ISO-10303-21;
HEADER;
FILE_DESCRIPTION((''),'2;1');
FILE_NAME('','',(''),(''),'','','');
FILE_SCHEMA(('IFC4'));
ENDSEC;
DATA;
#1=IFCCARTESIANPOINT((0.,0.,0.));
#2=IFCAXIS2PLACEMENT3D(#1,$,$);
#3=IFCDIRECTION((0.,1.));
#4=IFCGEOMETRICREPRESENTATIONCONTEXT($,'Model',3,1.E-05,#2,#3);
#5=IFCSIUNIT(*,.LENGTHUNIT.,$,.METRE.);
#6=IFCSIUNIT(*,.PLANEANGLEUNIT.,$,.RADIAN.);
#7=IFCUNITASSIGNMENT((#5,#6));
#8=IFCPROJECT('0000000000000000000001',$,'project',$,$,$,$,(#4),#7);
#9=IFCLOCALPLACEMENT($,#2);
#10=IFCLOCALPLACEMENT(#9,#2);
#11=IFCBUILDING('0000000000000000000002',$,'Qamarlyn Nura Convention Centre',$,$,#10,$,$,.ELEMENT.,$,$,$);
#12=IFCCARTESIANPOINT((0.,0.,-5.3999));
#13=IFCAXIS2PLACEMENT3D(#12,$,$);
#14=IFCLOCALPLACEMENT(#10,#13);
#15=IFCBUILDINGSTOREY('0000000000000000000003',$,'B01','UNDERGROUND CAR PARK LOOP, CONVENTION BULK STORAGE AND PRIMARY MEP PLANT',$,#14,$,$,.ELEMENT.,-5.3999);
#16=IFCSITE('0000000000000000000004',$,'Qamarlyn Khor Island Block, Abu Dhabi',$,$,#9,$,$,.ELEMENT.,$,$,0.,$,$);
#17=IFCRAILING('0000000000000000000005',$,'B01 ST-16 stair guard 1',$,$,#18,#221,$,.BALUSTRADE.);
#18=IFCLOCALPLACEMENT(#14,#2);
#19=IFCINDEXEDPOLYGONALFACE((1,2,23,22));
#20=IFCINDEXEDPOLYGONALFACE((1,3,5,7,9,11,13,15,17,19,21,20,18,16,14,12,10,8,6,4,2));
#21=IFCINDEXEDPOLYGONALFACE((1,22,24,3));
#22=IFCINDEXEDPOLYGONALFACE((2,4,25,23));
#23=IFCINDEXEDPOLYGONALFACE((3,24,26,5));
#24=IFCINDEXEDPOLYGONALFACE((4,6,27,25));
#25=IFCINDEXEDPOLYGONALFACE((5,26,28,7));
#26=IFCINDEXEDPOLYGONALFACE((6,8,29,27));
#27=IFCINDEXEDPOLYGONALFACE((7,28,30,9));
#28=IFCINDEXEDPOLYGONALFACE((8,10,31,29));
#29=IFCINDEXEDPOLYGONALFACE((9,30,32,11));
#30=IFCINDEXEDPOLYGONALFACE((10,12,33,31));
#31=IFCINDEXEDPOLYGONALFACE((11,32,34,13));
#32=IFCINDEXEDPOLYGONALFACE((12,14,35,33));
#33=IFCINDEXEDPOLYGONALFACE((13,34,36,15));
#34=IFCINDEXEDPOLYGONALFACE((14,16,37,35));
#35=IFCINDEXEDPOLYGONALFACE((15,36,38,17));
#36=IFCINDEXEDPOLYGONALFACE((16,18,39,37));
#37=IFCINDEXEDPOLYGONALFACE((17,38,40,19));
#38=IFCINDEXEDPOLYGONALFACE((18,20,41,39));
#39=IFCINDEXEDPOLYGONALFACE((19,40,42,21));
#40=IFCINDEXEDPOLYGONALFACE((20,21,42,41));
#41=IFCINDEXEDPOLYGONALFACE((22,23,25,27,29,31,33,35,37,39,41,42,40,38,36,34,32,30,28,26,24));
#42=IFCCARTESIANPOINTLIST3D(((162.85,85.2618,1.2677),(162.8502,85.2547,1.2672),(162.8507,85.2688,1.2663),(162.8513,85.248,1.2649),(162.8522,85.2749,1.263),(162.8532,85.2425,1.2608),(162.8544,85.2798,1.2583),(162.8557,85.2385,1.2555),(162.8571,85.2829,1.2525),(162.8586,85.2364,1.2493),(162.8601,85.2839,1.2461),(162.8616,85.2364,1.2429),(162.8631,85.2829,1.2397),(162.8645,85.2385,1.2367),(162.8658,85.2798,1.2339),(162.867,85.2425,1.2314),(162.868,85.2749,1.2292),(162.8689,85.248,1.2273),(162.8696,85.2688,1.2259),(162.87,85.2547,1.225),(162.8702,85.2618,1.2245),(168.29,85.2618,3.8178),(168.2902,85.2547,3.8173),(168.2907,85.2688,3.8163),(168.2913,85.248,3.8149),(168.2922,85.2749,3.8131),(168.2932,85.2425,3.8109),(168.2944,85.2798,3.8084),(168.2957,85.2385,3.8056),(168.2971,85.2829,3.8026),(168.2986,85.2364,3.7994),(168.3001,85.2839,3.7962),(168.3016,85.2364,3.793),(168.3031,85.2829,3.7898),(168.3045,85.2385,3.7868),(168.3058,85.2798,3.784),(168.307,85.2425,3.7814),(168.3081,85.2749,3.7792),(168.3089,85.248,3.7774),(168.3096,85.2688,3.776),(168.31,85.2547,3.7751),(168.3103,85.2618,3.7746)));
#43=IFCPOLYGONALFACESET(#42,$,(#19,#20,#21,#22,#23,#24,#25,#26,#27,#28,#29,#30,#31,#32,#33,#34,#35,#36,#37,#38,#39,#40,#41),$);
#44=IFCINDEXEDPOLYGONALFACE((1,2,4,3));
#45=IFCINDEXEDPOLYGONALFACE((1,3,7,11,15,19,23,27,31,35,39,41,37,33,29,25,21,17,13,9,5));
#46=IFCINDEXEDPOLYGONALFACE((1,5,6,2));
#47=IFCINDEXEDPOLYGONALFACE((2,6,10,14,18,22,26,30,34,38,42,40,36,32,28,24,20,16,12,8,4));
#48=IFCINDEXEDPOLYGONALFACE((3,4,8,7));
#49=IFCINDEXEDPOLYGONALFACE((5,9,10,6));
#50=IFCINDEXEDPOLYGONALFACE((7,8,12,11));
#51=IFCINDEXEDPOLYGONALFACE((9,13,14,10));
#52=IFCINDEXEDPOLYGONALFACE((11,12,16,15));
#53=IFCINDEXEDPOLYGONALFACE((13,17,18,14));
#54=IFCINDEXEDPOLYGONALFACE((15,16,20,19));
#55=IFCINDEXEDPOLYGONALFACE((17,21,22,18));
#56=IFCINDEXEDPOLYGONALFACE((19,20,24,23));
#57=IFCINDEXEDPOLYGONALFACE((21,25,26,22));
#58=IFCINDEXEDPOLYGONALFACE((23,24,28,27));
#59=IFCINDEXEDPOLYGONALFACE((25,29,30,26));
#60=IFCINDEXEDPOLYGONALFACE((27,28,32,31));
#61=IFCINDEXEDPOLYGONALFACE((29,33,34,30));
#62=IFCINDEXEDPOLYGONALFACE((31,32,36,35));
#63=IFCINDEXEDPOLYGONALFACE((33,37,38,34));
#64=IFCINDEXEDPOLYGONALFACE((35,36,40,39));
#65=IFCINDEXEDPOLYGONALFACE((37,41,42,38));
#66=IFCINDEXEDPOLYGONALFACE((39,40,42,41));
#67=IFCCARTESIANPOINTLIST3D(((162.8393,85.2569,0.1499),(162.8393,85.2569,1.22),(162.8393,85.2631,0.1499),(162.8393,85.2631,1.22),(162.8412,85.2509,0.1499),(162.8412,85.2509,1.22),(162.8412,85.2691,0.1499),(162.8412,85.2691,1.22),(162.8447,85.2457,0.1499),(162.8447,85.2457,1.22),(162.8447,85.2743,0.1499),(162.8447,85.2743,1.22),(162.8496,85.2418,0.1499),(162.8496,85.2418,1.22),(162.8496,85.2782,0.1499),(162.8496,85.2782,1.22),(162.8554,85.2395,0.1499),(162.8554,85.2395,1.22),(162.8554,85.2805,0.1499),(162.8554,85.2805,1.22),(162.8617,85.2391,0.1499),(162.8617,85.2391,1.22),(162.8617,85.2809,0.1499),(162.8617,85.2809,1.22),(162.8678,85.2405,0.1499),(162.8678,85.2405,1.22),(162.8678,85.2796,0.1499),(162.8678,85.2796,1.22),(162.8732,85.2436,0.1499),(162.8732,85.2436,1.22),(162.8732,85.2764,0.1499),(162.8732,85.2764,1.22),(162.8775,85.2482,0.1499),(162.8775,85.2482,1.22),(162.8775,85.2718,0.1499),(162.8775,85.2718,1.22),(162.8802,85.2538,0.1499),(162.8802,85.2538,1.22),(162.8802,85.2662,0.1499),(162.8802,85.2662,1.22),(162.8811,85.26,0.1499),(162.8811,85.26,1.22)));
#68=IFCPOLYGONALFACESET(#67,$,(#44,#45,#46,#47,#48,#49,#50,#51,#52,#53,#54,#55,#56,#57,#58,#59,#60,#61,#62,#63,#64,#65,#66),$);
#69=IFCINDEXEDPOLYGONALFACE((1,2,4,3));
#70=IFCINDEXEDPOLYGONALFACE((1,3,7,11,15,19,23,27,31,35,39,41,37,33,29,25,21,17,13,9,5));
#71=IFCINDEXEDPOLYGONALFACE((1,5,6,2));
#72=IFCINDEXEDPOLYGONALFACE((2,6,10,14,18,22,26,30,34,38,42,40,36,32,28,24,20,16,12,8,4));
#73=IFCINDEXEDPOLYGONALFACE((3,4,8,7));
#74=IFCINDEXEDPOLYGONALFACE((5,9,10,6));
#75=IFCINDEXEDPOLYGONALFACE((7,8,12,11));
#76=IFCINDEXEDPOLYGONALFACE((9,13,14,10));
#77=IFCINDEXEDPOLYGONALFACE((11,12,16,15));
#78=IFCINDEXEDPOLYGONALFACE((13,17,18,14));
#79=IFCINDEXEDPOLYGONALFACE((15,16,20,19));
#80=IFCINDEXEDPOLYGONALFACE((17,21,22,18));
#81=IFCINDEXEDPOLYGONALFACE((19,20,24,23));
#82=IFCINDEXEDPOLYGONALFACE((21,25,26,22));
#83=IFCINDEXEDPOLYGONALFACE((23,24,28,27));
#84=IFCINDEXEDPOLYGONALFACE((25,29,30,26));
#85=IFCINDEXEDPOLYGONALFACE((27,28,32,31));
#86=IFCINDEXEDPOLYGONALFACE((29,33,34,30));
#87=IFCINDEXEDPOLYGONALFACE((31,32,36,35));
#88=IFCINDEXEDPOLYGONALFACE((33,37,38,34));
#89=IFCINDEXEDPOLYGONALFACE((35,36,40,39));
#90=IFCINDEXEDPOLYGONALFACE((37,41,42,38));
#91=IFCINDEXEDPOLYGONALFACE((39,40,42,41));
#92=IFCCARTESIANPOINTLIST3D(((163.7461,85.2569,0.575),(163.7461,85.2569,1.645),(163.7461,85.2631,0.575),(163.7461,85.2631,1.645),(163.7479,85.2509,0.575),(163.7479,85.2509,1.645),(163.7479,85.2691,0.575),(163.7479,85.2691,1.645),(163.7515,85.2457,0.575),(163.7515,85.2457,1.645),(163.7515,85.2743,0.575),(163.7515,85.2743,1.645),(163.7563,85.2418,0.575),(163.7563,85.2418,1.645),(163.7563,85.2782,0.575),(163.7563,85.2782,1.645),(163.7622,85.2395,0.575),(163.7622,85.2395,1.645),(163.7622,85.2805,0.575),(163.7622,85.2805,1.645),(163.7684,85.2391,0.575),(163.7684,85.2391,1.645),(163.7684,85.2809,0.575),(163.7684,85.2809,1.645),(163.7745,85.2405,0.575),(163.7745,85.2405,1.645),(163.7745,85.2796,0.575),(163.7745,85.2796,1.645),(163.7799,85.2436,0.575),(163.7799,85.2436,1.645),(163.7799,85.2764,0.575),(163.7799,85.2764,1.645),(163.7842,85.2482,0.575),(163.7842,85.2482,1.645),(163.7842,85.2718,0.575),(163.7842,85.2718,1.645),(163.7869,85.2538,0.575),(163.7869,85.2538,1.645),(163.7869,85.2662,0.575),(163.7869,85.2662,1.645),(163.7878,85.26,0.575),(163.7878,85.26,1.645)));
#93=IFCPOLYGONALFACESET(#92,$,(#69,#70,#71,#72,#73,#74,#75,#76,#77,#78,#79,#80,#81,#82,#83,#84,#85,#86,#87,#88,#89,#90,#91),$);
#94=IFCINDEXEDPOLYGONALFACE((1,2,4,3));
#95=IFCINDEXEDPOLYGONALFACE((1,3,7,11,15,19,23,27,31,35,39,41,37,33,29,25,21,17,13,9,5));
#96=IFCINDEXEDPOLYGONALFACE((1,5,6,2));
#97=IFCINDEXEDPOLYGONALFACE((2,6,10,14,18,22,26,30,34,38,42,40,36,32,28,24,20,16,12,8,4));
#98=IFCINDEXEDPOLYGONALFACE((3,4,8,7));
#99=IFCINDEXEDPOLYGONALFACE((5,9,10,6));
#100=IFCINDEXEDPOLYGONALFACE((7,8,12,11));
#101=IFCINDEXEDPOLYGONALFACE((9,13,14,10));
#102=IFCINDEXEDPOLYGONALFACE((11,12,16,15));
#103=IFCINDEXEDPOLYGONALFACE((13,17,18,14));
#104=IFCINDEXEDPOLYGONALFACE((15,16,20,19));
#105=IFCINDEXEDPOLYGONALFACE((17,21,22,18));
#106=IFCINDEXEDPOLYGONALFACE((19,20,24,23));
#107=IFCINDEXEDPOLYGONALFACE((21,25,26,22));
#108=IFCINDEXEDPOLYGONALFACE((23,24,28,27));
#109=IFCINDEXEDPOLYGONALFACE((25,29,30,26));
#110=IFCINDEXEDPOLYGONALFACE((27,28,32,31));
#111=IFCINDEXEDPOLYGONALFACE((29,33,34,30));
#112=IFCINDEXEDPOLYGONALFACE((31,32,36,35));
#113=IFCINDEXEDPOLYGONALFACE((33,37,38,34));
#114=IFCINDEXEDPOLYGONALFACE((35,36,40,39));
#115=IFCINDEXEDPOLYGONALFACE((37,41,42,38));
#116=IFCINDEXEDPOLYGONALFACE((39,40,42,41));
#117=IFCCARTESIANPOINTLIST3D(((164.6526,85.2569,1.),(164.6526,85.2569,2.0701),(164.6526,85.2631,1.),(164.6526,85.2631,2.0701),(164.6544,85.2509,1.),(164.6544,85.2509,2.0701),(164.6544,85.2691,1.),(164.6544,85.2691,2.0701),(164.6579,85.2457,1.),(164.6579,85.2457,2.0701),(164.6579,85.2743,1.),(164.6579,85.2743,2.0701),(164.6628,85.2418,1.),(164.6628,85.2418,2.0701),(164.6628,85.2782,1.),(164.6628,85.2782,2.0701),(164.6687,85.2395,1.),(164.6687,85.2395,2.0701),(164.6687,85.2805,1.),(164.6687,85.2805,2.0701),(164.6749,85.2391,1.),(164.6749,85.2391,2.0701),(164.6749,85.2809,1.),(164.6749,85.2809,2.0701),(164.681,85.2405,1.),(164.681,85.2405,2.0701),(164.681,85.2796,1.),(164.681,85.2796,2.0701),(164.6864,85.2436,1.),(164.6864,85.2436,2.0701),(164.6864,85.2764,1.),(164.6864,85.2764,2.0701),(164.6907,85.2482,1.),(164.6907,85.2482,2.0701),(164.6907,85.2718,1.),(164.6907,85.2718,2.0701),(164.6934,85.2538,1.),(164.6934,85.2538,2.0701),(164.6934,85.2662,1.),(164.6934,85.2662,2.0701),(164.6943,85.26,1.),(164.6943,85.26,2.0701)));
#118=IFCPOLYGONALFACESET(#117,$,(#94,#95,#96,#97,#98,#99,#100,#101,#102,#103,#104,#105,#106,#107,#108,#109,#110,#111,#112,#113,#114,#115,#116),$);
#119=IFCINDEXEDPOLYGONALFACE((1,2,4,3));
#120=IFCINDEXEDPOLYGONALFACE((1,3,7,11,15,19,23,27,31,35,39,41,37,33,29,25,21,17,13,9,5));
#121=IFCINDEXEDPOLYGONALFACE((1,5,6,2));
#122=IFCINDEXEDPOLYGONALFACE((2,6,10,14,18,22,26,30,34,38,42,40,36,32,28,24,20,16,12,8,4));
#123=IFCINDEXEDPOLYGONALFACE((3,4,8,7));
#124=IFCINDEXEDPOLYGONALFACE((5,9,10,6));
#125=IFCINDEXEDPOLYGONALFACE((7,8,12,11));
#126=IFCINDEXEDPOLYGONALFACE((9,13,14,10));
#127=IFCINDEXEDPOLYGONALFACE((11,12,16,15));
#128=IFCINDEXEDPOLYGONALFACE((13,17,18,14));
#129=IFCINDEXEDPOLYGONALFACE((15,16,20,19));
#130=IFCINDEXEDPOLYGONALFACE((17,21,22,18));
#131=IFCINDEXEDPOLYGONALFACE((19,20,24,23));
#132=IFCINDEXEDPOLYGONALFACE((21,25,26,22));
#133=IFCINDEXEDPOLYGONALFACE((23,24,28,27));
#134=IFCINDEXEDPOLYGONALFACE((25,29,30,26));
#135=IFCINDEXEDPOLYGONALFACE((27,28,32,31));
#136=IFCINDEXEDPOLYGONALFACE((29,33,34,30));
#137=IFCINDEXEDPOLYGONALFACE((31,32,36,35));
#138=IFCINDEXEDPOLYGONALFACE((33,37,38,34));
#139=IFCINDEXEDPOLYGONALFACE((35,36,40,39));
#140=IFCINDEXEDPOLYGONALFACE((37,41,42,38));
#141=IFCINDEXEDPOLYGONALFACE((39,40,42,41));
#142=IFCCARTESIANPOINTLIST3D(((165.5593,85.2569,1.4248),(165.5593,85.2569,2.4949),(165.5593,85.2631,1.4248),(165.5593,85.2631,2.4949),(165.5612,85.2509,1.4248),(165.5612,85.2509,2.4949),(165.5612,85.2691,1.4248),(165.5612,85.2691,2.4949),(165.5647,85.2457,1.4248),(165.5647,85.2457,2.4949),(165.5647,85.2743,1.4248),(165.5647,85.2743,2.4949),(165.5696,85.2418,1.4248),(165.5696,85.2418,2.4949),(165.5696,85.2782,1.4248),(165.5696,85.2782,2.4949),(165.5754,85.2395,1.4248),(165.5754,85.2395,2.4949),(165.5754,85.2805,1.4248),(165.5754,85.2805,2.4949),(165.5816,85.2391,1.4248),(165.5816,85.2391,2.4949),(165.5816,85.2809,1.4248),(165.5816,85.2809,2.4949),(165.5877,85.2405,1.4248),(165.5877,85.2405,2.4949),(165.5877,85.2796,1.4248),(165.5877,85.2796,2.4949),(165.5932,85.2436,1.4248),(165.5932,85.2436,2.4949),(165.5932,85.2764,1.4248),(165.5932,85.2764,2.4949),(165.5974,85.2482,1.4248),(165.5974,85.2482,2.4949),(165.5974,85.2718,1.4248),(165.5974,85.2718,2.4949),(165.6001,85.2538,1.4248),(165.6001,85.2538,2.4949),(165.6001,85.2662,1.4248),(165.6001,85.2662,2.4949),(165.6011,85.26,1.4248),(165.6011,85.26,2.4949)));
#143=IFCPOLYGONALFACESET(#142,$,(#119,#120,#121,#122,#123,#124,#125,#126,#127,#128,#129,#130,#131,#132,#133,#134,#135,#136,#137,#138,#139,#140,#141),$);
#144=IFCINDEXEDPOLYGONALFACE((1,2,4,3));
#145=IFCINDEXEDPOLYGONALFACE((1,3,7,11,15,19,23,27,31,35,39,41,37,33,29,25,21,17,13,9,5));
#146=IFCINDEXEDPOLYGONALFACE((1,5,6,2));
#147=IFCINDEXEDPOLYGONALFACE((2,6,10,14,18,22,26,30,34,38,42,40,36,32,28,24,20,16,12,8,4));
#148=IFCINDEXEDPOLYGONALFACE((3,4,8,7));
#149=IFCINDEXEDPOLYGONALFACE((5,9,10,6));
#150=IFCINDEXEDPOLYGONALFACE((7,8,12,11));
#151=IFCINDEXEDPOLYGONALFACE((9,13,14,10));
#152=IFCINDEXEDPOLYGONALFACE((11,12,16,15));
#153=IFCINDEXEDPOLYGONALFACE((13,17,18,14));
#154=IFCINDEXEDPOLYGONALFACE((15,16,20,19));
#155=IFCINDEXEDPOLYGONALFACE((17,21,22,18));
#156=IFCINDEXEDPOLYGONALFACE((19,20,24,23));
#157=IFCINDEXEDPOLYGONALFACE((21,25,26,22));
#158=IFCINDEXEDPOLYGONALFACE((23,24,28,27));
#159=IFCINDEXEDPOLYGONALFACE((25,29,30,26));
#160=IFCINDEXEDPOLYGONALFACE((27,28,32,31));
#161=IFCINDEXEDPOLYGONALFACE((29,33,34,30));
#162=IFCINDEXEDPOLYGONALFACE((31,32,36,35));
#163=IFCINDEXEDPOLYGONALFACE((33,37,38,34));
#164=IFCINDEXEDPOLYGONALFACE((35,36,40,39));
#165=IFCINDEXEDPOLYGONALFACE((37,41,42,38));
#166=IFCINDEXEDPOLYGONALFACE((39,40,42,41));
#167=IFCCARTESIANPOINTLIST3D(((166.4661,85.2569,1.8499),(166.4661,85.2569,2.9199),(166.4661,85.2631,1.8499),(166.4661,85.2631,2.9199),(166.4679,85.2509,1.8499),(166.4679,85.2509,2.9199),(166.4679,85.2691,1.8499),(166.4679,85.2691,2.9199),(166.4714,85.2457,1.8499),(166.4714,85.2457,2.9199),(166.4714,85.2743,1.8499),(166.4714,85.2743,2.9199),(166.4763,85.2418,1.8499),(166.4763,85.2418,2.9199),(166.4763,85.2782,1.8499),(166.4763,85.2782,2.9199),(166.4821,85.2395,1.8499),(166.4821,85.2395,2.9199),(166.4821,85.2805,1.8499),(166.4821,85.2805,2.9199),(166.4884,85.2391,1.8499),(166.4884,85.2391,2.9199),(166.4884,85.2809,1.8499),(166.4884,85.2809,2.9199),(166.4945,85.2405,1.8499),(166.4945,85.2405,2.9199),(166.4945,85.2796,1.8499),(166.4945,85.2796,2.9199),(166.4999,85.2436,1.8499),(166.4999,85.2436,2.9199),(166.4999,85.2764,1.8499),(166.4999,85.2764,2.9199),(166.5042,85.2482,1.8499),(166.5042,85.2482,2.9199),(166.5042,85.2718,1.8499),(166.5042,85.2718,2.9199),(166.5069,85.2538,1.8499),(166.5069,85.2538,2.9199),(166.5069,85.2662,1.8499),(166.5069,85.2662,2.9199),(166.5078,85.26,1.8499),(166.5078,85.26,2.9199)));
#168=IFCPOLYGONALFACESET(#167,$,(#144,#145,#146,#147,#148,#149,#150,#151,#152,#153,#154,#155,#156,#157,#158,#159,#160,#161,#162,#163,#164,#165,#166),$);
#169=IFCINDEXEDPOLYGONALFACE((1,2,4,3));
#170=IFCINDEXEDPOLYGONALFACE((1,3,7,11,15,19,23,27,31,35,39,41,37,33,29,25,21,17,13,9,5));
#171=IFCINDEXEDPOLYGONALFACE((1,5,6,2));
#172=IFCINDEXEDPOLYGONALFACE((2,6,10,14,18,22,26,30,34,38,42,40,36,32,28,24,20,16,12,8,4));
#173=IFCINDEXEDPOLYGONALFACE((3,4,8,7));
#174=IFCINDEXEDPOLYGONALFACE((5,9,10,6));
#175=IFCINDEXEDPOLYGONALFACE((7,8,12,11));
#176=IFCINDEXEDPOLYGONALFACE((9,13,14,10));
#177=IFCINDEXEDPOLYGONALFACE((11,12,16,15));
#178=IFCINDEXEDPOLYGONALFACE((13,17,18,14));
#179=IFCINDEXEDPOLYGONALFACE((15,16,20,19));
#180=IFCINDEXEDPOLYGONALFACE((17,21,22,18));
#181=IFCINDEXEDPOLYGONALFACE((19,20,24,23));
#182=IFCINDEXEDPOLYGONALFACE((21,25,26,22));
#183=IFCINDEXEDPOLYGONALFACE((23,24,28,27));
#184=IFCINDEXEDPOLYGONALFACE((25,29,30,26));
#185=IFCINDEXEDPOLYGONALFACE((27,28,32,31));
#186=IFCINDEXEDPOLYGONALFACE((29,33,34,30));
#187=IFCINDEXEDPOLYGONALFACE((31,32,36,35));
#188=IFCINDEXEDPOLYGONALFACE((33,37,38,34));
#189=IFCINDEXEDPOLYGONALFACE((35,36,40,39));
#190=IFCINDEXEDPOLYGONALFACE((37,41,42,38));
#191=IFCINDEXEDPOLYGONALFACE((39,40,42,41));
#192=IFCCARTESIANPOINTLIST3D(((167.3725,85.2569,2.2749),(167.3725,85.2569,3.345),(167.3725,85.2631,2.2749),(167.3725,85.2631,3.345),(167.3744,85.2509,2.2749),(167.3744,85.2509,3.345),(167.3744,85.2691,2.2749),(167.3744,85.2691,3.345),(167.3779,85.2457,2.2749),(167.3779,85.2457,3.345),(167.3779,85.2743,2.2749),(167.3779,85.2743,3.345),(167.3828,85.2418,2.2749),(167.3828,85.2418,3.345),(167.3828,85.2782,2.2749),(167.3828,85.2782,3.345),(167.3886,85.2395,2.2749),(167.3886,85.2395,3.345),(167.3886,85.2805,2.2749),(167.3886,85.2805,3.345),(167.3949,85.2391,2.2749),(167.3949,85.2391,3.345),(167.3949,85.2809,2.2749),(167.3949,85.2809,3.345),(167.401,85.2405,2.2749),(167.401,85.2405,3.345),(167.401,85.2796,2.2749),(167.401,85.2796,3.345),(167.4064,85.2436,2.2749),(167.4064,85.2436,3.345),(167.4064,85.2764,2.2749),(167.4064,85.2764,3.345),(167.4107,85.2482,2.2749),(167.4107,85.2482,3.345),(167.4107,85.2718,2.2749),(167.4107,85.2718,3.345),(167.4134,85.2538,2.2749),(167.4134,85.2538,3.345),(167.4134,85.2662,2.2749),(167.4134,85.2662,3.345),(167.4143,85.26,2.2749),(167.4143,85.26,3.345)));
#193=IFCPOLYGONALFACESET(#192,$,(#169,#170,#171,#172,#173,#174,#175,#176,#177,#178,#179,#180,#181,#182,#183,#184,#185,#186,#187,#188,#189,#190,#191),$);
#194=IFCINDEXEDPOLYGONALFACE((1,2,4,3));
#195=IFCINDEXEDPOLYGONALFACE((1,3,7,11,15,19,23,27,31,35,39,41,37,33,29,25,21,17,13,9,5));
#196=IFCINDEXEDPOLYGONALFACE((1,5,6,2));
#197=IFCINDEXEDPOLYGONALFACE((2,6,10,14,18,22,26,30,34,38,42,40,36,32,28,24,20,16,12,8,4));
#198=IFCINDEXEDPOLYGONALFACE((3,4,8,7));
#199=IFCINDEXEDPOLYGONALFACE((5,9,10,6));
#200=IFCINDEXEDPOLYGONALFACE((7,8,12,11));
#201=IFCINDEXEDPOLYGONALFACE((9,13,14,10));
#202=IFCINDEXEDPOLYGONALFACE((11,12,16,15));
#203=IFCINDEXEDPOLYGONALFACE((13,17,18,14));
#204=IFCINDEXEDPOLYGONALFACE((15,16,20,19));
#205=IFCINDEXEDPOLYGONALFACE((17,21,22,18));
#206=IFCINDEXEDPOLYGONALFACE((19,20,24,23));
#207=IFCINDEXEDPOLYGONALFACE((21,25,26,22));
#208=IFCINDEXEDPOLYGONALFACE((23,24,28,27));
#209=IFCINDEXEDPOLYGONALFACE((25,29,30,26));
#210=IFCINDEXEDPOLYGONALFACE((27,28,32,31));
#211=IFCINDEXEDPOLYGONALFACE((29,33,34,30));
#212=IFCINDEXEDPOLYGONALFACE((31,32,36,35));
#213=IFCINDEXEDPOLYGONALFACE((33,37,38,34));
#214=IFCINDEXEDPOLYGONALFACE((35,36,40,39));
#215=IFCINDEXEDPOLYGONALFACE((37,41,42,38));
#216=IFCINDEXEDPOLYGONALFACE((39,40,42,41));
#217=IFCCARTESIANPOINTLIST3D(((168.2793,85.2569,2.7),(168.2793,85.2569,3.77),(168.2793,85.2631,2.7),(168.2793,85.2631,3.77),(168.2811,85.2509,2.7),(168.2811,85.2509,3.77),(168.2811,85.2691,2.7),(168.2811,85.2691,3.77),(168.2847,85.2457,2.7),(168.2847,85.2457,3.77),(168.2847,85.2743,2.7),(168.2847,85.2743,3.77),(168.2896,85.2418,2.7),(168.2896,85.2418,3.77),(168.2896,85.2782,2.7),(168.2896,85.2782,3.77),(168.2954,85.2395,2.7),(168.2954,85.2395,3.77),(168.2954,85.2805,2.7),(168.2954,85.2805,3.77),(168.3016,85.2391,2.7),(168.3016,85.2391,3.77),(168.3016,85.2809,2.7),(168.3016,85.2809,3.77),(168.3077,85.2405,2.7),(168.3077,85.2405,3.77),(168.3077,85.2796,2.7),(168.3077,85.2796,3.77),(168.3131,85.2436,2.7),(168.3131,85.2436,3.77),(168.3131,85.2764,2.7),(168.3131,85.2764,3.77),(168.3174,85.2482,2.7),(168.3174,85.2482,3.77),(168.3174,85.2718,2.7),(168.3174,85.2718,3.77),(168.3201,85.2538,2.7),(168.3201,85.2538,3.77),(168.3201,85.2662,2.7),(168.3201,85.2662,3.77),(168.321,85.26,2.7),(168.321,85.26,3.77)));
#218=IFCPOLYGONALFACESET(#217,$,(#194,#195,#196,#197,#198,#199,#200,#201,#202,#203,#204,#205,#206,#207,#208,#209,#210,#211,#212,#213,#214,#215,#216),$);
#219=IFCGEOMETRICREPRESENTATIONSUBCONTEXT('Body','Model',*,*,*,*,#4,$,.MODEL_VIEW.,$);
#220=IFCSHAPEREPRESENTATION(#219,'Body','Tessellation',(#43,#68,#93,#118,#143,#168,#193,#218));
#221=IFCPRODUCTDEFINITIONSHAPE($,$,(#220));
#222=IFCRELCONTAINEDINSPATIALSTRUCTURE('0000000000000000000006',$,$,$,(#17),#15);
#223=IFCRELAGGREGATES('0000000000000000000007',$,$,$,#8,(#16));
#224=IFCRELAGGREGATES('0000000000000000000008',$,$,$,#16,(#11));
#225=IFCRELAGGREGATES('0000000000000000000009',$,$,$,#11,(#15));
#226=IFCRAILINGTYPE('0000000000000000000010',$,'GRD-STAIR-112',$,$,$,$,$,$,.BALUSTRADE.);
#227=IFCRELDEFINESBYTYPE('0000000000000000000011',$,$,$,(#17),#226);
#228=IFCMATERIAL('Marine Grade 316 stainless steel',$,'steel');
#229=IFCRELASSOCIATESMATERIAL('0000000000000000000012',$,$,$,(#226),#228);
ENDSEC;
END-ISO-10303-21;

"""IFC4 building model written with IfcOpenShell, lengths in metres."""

from ifc_helpers import new_model, si_unit, direction, frame, origin, origin_2d, place, context, subcontext, project, spatial, circle, extrude, material, type_object, element, save


model = new_model("IFC4")

# Units and contexts
model_context = context("Model", 3, precision=1e-05, world=origin(), true_north=direction((0.0, 1.0)))
body_context = subcontext(model_context, "Body", "Model", "MODEL_VIEW")
ifc_project = project(units=[si_unit("LENGTHUNIT", "METRE"), si_unit("PLANEANGLEUNIT", "RADIAN")], contexts=[model_context])

# Site, building, storey
site_placement = place(None, origin())
site = spatial("IfcSite", under=ifc_project, at=site_placement, Name="Qamarlyn Khor Island Block, Abu Dhabi", CompositionType="ELEMENT", RefElevation=0.0)
building_placement = place(site_placement, origin())
building = spatial("IfcBuilding", under=site, at=building_placement, Name="Qamarlyn Nura Convention Centre", CompositionType="ELEMENT")
storey_placement = place(building_placement, frame((0.0, 0.0, -5.3999)))
storey = spatial("IfcBuildingStorey", under=building, at=storey_placement, Name="B01", Description="UNDERGROUND CAR PARK LOOP, CONVENTION BULK STORAGE AND PRIMARY MEP PLANT", CompositionType="ELEMENT", Elevation=-5.3999)

# Railing
ifc_material_1 = material(Name="Marine Grade 316 stainless steel", Category="steel")
railing_type_1 = type_object("IfcRailingType", Name="GRD-STAIR-112", PredefinedType="BALUSTRADE", material=ifc_material_1)
railing_1_placement = place(storey_placement, frame((162.8601, 85.26, 0.1499)))
element("IfcRailing", 1, at=railing_1_placement, inside=storey, type_object=railing_type_1, Name="B01 ST-16 stair guard 1", PredefinedType="BALUSTRADE", context=body_context, shape_type="SweptSolid", body=[
    extrude(circle(Radius=0.0239, at=origin_2d()), frame((0.0, 0.0, 1.0962), z_axis=(0.905454, 0.0, 0.424444), x_axis=(0.0, 1.0, 0.0)), (0.0, 0.0, 1.0), 6.0081),
    extrude(circle(Radius=0.021, at=origin_2d()), origin(), (0.0, 0.0, 1.0), 1.0701),
    extrude(circle(Radius=0.021, at=origin_2d()), frame((0.9067, 0.0, 0.425)), (0.0, 0.0, 1.0), 1.0701),
    extrude(circle(Radius=0.021, at=origin_2d()), frame((1.8132, 0.0, 0.8501)), (0.0, 0.0, 1.0), 1.0701),
    extrude(circle(Radius=0.021, at=origin_2d()), frame((2.72, 0.0, 1.2749)), (0.0, 0.0, 1.0), 1.0701),
    extrude(circle(Radius=0.021, at=origin_2d()), frame((3.6267, 0.0, 1.7)), (0.0, 0.0, 1.0), 1.0701),
    extrude(circle(Radius=0.021, at=origin_2d()), frame((4.5332, 0.0, 2.125)), (0.0, 0.0, 1.0), 1.0701),
    extrude(circle(Radius=0.021, at=origin_2d()), frame((5.4399, 0.0, 2.55)), (0.0, 0.0, 1.0), 1.0701),
])

save(model, "model.ifc")
